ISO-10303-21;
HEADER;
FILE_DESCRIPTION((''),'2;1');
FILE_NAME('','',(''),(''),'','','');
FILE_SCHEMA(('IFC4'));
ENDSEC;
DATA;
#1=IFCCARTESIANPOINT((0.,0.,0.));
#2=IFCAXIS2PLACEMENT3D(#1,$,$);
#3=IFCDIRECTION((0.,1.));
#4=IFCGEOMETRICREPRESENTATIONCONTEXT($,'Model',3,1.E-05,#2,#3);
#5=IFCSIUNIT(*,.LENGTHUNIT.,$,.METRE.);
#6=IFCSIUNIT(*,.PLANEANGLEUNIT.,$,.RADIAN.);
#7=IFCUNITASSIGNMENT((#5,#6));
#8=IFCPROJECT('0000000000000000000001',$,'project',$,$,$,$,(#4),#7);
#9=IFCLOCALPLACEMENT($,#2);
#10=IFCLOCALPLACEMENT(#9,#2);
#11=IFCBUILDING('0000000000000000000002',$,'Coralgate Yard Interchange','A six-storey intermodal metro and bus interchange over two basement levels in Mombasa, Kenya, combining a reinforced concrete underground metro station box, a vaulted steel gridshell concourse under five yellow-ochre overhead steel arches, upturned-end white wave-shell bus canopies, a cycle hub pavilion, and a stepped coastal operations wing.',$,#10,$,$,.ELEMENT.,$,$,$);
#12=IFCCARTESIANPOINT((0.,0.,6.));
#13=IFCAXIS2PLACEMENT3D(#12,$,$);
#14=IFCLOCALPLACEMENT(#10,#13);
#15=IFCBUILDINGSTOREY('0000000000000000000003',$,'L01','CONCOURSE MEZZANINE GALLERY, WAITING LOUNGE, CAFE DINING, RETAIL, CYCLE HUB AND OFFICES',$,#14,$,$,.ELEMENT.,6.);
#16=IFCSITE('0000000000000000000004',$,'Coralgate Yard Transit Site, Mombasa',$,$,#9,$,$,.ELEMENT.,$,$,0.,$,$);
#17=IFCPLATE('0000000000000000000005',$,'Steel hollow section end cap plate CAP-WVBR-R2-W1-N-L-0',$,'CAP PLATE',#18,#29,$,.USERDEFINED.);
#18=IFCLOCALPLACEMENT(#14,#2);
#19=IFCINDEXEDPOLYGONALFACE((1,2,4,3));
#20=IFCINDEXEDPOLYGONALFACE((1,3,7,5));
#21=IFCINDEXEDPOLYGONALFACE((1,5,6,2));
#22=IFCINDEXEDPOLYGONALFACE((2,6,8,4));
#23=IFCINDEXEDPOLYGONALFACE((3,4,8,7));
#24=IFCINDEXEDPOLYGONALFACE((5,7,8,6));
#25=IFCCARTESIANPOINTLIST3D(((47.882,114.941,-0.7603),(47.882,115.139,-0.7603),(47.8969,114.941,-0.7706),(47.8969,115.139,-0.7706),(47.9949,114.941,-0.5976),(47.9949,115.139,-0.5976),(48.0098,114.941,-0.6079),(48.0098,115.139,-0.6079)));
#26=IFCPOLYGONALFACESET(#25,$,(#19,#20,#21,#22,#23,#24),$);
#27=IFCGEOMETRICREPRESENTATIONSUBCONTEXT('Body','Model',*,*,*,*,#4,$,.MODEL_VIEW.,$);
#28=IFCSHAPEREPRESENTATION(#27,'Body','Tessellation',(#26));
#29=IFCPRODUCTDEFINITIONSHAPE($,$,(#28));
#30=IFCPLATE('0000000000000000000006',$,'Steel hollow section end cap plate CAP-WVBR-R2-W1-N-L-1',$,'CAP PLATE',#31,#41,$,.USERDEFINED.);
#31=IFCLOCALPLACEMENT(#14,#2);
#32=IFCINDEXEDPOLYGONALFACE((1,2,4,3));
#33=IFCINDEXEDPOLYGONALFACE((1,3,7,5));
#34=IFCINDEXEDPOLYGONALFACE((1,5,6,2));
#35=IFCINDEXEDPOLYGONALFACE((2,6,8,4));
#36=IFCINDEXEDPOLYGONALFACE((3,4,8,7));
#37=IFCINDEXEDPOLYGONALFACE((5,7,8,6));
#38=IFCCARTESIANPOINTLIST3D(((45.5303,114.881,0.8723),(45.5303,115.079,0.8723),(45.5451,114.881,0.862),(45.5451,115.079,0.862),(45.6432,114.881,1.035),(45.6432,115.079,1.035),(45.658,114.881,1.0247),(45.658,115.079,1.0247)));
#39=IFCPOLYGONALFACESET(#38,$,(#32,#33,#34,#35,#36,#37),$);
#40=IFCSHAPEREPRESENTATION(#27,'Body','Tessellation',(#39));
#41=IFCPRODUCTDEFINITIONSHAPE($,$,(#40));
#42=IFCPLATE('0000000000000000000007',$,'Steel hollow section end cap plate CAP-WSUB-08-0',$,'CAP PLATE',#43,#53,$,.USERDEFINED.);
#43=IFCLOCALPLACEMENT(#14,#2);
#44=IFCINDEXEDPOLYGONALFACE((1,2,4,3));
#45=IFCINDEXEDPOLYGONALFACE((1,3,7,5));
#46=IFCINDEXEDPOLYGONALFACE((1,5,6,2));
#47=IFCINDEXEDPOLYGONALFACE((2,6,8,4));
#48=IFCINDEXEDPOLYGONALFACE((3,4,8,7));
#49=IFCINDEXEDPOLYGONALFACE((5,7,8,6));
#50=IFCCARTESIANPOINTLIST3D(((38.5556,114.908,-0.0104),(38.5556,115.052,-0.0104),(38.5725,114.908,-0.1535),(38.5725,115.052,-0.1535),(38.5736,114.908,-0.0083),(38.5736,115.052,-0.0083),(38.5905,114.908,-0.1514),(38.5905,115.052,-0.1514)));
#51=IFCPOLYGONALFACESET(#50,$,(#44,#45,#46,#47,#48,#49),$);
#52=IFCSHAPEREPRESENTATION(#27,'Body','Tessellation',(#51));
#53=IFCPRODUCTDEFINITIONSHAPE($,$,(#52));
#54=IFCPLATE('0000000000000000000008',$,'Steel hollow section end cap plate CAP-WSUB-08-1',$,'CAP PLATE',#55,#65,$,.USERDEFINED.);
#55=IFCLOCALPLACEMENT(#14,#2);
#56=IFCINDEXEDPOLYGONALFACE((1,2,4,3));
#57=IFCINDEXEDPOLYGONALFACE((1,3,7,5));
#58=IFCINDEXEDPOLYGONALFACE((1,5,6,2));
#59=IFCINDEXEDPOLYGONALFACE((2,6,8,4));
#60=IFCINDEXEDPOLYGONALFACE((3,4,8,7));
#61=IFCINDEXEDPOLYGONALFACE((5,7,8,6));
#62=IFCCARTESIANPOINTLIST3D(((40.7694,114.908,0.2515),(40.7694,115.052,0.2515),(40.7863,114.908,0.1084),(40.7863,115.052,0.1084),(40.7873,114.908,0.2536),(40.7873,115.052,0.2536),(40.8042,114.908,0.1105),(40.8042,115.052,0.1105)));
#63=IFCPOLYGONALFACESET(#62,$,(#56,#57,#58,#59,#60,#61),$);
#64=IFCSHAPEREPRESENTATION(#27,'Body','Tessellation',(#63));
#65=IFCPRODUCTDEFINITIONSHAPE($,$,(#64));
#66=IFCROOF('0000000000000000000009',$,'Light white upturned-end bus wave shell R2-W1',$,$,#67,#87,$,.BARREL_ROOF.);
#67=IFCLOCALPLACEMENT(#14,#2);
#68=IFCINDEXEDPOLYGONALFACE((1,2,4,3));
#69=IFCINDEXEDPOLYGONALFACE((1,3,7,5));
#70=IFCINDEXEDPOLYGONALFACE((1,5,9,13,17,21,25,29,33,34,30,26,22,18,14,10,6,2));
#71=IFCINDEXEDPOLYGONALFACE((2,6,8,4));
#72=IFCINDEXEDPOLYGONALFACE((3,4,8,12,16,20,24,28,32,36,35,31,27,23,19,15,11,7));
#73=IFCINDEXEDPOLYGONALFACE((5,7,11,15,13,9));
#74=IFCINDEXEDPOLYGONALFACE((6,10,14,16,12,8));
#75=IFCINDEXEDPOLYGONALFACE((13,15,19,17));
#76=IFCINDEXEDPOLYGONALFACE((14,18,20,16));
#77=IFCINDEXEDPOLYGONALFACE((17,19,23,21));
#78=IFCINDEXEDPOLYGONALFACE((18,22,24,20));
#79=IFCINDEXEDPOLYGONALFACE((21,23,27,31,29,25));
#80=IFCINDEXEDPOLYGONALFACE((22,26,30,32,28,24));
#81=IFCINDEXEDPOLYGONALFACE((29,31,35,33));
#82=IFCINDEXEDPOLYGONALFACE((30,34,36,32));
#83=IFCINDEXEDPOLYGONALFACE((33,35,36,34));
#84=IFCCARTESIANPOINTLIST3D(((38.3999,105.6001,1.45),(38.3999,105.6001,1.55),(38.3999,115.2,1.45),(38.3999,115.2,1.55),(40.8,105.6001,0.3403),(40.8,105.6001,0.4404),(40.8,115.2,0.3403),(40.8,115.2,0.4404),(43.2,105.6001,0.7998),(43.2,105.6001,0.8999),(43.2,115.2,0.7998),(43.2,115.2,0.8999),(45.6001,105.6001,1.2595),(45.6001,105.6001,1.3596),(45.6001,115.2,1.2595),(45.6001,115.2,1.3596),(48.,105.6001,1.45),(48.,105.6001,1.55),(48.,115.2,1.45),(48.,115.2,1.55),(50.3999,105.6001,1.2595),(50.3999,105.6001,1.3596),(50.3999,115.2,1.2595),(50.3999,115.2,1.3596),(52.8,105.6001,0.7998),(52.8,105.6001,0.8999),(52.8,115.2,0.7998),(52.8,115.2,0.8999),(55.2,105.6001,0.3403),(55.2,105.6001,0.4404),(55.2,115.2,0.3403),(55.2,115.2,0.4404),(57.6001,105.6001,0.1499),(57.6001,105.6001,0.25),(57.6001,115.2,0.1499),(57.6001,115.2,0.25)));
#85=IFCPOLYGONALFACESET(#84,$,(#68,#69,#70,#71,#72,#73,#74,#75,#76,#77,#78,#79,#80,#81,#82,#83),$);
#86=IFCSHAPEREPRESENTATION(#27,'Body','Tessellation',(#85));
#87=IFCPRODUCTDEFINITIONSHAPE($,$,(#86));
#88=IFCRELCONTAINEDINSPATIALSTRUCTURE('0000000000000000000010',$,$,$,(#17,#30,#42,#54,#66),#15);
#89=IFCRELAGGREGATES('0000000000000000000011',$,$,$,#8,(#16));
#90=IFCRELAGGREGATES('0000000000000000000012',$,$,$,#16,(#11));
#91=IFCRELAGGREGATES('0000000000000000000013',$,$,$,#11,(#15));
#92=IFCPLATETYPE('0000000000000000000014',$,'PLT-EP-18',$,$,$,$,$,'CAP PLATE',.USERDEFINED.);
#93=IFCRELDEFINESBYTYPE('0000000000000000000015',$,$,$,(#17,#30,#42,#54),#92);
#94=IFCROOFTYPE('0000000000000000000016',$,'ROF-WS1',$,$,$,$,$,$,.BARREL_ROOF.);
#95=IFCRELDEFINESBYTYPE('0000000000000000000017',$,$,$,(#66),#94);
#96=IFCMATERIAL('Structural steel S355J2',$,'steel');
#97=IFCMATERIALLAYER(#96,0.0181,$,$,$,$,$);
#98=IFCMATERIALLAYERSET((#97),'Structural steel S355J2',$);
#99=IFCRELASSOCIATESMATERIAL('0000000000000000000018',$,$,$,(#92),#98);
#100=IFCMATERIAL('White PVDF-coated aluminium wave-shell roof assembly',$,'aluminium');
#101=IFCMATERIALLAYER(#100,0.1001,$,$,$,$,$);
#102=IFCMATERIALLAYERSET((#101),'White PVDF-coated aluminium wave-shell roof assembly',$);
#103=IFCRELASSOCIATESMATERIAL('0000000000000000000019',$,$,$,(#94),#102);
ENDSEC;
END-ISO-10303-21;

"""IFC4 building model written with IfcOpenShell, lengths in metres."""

from ifc_helpers import new_model, si_unit, direction, frame, origin, origin_2d, place, context, subcontext, project, spatial, polyline, rectangle, outline, extrude, material, layer, layer_set, type_object, element, save


model = new_model("IFC4")

# Units and contexts
model_context = context("Model", 3, precision=1e-05, world=origin(), true_north=direction((0.0, 1.0)))
body_context = subcontext(model_context, "Body", "Model", "MODEL_VIEW")
ifc_project = project(units=[si_unit("LENGTHUNIT", "METRE"), si_unit("PLANEANGLEUNIT", "RADIAN")], contexts=[model_context])

# Site, building, storey
site_placement = place(None, origin())
site = spatial("IfcSite", under=ifc_project, at=site_placement, Name="Coralgate Yard Transit Site, Mombasa", CompositionType="ELEMENT", RefElevation=0.0)
building_placement = place(site_placement, origin())
building = spatial("IfcBuilding", under=site, at=building_placement, Name="Coralgate Yard Interchange", Description="A six-storey intermodal metro and bus interchange over two basement levels in Mombasa, Kenya, combining a reinforced concrete underground metro station box, a vaulted steel gridshell concourse under five yellow-ochre overhead steel arches, upturned-end white wave-shell bus canopies, a cycle hub pavilion, and a stepped coastal operations wing.", CompositionType="ELEMENT")
storey_placement = place(building_placement, frame((0.0, 0.0, 6.0)))
storey = spatial("IfcBuildingStorey", under=building, at=storey_placement, Name="L01", Description="CONCOURSE MEZZANINE GALLERY, WAITING LOUNGE, CAFE DINING, RETAIL, CYCLE HUB AND OFFICES", CompositionType="ELEMENT", Elevation=6.0)

# Shared definitions
ifc_material_1 = material(Name="Structural steel S355J2", Category="steel")

# Plates
ifc_layer_1 = layer(ifc_material_1, 0.0181)
ifc_layer_set_1 = layer_set([ifc_layer_1], Name="Structural steel S355J2")
plate_type = type_object("IfcPlateType", Name="PLT-EP-18", ElementType="CAP PLATE", PredefinedType="USERDEFINED", material=ifc_layer_set_1)
for number, where, z_axis, x_axis, name in (
    (1, (47.9385, 115.04, -0.679), (0.821436, 0.0, -0.570301), (0.0, 1.0, 0.0), "Steel hollow section end cap plate CAP-WVBR-R2-W1-N-L-0"),
    (2, (45.6016, 114.98, 0.9434), (-0.821436, 0.0, 0.570301), (0.0, -1.0, 0.0), "Steel hollow section end cap plate CAP-WVBR-R2-W1-N-L-1"),
):
    element("IfcPlate", number, at=place(storey_placement, frame(where, z_axis=z_axis, x_axis=x_axis)), inside=storey, type_object=plate_type, Name=name, ObjectType="CAP PLATE", PredefinedType="USERDEFINED", context=body_context, shape_type="SweptSolid", body=[
        extrude(rectangle(XDim=0.198, YDim=0.198, at=origin_2d()), origin(), (0.0, 0.0, 1.0), 0.0181),
    ])
for number, where, z_axis, x_axis, name in (
    (3, (38.582, 114.98, -0.0798), (-0.993089, 0.0, -0.117365), (0.0, -1.0, 0.0), "Steel hollow section end cap plate CAP-WSUB-08-0"),
    (4, (40.7778, 114.98, 0.1799), (0.993089, 0.0, 0.117365), (0.0, 1.0, 0.0), "Steel hollow section end cap plate CAP-WSUB-08-1"),
):
    element("IfcPlate", number, at=place(storey_placement, frame(where, z_axis=z_axis, x_axis=x_axis)), inside=storey, type_object=plate_type, Name=name, ObjectType="CAP PLATE", PredefinedType="USERDEFINED", context=body_context, shape_type="SweptSolid", body=[
        extrude(rectangle(XDim=0.144, YDim=0.144, at=origin_2d()), origin(), (0.0, 0.0, 1.0), 0.0181),
    ])

# Roof
ifc_material_2 = material(Name="White PVDF-coated aluminium wave-shell roof assembly", Category="aluminium")
ifc_layer_2 = layer(ifc_material_2, 0.1001)
ifc_layer_set_2 = layer_set([ifc_layer_2], Name="White PVDF-coated aluminium wave-shell roof assembly")
roof_type = type_object("IfcRoofType", Name="ROF-WS1", PredefinedType="BARREL_ROOF", material=ifc_layer_set_2)
roof_placement = place(storey_placement, frame((38.3999, 105.6001, 1.55), z_axis=(0.0, 1.0, 0.0), x_axis=(-1.0, 0.0, 0.0)))
element("IfcRoof", 5, at=roof_placement, inside=storey, type_object=roof_type, Name="Light white upturned-end bus wave shell R2-W1", PredefinedType="BARREL_ROOF", context=body_context, shape_type="SweptSolid", body=[
    extrude(outline(polyline([(0.0, 0.0), (-2.4001, -1.1096), (-4.8, -0.6501), (-7.2002, -0.1904), (-9.6001, 0.0), (-12.0, -0.1904), (-14.4001, -0.6501), (-16.8, -1.1096), (-19.2002, -1.3), (-19.2002, -1.4001), (-16.8, -1.2097), (-14.4001, -0.7502), (-12.0, -0.2905), (-9.6001, -0.1001), (-7.2002, -0.2905), (-4.8, -0.7502), (-2.4001, -1.2097), (0.0, -0.1001), (0.0, 0.0)])), origin(), (0.0, 0.0, 1.0), 9.5999),
])

save(model, "model.ifc")
